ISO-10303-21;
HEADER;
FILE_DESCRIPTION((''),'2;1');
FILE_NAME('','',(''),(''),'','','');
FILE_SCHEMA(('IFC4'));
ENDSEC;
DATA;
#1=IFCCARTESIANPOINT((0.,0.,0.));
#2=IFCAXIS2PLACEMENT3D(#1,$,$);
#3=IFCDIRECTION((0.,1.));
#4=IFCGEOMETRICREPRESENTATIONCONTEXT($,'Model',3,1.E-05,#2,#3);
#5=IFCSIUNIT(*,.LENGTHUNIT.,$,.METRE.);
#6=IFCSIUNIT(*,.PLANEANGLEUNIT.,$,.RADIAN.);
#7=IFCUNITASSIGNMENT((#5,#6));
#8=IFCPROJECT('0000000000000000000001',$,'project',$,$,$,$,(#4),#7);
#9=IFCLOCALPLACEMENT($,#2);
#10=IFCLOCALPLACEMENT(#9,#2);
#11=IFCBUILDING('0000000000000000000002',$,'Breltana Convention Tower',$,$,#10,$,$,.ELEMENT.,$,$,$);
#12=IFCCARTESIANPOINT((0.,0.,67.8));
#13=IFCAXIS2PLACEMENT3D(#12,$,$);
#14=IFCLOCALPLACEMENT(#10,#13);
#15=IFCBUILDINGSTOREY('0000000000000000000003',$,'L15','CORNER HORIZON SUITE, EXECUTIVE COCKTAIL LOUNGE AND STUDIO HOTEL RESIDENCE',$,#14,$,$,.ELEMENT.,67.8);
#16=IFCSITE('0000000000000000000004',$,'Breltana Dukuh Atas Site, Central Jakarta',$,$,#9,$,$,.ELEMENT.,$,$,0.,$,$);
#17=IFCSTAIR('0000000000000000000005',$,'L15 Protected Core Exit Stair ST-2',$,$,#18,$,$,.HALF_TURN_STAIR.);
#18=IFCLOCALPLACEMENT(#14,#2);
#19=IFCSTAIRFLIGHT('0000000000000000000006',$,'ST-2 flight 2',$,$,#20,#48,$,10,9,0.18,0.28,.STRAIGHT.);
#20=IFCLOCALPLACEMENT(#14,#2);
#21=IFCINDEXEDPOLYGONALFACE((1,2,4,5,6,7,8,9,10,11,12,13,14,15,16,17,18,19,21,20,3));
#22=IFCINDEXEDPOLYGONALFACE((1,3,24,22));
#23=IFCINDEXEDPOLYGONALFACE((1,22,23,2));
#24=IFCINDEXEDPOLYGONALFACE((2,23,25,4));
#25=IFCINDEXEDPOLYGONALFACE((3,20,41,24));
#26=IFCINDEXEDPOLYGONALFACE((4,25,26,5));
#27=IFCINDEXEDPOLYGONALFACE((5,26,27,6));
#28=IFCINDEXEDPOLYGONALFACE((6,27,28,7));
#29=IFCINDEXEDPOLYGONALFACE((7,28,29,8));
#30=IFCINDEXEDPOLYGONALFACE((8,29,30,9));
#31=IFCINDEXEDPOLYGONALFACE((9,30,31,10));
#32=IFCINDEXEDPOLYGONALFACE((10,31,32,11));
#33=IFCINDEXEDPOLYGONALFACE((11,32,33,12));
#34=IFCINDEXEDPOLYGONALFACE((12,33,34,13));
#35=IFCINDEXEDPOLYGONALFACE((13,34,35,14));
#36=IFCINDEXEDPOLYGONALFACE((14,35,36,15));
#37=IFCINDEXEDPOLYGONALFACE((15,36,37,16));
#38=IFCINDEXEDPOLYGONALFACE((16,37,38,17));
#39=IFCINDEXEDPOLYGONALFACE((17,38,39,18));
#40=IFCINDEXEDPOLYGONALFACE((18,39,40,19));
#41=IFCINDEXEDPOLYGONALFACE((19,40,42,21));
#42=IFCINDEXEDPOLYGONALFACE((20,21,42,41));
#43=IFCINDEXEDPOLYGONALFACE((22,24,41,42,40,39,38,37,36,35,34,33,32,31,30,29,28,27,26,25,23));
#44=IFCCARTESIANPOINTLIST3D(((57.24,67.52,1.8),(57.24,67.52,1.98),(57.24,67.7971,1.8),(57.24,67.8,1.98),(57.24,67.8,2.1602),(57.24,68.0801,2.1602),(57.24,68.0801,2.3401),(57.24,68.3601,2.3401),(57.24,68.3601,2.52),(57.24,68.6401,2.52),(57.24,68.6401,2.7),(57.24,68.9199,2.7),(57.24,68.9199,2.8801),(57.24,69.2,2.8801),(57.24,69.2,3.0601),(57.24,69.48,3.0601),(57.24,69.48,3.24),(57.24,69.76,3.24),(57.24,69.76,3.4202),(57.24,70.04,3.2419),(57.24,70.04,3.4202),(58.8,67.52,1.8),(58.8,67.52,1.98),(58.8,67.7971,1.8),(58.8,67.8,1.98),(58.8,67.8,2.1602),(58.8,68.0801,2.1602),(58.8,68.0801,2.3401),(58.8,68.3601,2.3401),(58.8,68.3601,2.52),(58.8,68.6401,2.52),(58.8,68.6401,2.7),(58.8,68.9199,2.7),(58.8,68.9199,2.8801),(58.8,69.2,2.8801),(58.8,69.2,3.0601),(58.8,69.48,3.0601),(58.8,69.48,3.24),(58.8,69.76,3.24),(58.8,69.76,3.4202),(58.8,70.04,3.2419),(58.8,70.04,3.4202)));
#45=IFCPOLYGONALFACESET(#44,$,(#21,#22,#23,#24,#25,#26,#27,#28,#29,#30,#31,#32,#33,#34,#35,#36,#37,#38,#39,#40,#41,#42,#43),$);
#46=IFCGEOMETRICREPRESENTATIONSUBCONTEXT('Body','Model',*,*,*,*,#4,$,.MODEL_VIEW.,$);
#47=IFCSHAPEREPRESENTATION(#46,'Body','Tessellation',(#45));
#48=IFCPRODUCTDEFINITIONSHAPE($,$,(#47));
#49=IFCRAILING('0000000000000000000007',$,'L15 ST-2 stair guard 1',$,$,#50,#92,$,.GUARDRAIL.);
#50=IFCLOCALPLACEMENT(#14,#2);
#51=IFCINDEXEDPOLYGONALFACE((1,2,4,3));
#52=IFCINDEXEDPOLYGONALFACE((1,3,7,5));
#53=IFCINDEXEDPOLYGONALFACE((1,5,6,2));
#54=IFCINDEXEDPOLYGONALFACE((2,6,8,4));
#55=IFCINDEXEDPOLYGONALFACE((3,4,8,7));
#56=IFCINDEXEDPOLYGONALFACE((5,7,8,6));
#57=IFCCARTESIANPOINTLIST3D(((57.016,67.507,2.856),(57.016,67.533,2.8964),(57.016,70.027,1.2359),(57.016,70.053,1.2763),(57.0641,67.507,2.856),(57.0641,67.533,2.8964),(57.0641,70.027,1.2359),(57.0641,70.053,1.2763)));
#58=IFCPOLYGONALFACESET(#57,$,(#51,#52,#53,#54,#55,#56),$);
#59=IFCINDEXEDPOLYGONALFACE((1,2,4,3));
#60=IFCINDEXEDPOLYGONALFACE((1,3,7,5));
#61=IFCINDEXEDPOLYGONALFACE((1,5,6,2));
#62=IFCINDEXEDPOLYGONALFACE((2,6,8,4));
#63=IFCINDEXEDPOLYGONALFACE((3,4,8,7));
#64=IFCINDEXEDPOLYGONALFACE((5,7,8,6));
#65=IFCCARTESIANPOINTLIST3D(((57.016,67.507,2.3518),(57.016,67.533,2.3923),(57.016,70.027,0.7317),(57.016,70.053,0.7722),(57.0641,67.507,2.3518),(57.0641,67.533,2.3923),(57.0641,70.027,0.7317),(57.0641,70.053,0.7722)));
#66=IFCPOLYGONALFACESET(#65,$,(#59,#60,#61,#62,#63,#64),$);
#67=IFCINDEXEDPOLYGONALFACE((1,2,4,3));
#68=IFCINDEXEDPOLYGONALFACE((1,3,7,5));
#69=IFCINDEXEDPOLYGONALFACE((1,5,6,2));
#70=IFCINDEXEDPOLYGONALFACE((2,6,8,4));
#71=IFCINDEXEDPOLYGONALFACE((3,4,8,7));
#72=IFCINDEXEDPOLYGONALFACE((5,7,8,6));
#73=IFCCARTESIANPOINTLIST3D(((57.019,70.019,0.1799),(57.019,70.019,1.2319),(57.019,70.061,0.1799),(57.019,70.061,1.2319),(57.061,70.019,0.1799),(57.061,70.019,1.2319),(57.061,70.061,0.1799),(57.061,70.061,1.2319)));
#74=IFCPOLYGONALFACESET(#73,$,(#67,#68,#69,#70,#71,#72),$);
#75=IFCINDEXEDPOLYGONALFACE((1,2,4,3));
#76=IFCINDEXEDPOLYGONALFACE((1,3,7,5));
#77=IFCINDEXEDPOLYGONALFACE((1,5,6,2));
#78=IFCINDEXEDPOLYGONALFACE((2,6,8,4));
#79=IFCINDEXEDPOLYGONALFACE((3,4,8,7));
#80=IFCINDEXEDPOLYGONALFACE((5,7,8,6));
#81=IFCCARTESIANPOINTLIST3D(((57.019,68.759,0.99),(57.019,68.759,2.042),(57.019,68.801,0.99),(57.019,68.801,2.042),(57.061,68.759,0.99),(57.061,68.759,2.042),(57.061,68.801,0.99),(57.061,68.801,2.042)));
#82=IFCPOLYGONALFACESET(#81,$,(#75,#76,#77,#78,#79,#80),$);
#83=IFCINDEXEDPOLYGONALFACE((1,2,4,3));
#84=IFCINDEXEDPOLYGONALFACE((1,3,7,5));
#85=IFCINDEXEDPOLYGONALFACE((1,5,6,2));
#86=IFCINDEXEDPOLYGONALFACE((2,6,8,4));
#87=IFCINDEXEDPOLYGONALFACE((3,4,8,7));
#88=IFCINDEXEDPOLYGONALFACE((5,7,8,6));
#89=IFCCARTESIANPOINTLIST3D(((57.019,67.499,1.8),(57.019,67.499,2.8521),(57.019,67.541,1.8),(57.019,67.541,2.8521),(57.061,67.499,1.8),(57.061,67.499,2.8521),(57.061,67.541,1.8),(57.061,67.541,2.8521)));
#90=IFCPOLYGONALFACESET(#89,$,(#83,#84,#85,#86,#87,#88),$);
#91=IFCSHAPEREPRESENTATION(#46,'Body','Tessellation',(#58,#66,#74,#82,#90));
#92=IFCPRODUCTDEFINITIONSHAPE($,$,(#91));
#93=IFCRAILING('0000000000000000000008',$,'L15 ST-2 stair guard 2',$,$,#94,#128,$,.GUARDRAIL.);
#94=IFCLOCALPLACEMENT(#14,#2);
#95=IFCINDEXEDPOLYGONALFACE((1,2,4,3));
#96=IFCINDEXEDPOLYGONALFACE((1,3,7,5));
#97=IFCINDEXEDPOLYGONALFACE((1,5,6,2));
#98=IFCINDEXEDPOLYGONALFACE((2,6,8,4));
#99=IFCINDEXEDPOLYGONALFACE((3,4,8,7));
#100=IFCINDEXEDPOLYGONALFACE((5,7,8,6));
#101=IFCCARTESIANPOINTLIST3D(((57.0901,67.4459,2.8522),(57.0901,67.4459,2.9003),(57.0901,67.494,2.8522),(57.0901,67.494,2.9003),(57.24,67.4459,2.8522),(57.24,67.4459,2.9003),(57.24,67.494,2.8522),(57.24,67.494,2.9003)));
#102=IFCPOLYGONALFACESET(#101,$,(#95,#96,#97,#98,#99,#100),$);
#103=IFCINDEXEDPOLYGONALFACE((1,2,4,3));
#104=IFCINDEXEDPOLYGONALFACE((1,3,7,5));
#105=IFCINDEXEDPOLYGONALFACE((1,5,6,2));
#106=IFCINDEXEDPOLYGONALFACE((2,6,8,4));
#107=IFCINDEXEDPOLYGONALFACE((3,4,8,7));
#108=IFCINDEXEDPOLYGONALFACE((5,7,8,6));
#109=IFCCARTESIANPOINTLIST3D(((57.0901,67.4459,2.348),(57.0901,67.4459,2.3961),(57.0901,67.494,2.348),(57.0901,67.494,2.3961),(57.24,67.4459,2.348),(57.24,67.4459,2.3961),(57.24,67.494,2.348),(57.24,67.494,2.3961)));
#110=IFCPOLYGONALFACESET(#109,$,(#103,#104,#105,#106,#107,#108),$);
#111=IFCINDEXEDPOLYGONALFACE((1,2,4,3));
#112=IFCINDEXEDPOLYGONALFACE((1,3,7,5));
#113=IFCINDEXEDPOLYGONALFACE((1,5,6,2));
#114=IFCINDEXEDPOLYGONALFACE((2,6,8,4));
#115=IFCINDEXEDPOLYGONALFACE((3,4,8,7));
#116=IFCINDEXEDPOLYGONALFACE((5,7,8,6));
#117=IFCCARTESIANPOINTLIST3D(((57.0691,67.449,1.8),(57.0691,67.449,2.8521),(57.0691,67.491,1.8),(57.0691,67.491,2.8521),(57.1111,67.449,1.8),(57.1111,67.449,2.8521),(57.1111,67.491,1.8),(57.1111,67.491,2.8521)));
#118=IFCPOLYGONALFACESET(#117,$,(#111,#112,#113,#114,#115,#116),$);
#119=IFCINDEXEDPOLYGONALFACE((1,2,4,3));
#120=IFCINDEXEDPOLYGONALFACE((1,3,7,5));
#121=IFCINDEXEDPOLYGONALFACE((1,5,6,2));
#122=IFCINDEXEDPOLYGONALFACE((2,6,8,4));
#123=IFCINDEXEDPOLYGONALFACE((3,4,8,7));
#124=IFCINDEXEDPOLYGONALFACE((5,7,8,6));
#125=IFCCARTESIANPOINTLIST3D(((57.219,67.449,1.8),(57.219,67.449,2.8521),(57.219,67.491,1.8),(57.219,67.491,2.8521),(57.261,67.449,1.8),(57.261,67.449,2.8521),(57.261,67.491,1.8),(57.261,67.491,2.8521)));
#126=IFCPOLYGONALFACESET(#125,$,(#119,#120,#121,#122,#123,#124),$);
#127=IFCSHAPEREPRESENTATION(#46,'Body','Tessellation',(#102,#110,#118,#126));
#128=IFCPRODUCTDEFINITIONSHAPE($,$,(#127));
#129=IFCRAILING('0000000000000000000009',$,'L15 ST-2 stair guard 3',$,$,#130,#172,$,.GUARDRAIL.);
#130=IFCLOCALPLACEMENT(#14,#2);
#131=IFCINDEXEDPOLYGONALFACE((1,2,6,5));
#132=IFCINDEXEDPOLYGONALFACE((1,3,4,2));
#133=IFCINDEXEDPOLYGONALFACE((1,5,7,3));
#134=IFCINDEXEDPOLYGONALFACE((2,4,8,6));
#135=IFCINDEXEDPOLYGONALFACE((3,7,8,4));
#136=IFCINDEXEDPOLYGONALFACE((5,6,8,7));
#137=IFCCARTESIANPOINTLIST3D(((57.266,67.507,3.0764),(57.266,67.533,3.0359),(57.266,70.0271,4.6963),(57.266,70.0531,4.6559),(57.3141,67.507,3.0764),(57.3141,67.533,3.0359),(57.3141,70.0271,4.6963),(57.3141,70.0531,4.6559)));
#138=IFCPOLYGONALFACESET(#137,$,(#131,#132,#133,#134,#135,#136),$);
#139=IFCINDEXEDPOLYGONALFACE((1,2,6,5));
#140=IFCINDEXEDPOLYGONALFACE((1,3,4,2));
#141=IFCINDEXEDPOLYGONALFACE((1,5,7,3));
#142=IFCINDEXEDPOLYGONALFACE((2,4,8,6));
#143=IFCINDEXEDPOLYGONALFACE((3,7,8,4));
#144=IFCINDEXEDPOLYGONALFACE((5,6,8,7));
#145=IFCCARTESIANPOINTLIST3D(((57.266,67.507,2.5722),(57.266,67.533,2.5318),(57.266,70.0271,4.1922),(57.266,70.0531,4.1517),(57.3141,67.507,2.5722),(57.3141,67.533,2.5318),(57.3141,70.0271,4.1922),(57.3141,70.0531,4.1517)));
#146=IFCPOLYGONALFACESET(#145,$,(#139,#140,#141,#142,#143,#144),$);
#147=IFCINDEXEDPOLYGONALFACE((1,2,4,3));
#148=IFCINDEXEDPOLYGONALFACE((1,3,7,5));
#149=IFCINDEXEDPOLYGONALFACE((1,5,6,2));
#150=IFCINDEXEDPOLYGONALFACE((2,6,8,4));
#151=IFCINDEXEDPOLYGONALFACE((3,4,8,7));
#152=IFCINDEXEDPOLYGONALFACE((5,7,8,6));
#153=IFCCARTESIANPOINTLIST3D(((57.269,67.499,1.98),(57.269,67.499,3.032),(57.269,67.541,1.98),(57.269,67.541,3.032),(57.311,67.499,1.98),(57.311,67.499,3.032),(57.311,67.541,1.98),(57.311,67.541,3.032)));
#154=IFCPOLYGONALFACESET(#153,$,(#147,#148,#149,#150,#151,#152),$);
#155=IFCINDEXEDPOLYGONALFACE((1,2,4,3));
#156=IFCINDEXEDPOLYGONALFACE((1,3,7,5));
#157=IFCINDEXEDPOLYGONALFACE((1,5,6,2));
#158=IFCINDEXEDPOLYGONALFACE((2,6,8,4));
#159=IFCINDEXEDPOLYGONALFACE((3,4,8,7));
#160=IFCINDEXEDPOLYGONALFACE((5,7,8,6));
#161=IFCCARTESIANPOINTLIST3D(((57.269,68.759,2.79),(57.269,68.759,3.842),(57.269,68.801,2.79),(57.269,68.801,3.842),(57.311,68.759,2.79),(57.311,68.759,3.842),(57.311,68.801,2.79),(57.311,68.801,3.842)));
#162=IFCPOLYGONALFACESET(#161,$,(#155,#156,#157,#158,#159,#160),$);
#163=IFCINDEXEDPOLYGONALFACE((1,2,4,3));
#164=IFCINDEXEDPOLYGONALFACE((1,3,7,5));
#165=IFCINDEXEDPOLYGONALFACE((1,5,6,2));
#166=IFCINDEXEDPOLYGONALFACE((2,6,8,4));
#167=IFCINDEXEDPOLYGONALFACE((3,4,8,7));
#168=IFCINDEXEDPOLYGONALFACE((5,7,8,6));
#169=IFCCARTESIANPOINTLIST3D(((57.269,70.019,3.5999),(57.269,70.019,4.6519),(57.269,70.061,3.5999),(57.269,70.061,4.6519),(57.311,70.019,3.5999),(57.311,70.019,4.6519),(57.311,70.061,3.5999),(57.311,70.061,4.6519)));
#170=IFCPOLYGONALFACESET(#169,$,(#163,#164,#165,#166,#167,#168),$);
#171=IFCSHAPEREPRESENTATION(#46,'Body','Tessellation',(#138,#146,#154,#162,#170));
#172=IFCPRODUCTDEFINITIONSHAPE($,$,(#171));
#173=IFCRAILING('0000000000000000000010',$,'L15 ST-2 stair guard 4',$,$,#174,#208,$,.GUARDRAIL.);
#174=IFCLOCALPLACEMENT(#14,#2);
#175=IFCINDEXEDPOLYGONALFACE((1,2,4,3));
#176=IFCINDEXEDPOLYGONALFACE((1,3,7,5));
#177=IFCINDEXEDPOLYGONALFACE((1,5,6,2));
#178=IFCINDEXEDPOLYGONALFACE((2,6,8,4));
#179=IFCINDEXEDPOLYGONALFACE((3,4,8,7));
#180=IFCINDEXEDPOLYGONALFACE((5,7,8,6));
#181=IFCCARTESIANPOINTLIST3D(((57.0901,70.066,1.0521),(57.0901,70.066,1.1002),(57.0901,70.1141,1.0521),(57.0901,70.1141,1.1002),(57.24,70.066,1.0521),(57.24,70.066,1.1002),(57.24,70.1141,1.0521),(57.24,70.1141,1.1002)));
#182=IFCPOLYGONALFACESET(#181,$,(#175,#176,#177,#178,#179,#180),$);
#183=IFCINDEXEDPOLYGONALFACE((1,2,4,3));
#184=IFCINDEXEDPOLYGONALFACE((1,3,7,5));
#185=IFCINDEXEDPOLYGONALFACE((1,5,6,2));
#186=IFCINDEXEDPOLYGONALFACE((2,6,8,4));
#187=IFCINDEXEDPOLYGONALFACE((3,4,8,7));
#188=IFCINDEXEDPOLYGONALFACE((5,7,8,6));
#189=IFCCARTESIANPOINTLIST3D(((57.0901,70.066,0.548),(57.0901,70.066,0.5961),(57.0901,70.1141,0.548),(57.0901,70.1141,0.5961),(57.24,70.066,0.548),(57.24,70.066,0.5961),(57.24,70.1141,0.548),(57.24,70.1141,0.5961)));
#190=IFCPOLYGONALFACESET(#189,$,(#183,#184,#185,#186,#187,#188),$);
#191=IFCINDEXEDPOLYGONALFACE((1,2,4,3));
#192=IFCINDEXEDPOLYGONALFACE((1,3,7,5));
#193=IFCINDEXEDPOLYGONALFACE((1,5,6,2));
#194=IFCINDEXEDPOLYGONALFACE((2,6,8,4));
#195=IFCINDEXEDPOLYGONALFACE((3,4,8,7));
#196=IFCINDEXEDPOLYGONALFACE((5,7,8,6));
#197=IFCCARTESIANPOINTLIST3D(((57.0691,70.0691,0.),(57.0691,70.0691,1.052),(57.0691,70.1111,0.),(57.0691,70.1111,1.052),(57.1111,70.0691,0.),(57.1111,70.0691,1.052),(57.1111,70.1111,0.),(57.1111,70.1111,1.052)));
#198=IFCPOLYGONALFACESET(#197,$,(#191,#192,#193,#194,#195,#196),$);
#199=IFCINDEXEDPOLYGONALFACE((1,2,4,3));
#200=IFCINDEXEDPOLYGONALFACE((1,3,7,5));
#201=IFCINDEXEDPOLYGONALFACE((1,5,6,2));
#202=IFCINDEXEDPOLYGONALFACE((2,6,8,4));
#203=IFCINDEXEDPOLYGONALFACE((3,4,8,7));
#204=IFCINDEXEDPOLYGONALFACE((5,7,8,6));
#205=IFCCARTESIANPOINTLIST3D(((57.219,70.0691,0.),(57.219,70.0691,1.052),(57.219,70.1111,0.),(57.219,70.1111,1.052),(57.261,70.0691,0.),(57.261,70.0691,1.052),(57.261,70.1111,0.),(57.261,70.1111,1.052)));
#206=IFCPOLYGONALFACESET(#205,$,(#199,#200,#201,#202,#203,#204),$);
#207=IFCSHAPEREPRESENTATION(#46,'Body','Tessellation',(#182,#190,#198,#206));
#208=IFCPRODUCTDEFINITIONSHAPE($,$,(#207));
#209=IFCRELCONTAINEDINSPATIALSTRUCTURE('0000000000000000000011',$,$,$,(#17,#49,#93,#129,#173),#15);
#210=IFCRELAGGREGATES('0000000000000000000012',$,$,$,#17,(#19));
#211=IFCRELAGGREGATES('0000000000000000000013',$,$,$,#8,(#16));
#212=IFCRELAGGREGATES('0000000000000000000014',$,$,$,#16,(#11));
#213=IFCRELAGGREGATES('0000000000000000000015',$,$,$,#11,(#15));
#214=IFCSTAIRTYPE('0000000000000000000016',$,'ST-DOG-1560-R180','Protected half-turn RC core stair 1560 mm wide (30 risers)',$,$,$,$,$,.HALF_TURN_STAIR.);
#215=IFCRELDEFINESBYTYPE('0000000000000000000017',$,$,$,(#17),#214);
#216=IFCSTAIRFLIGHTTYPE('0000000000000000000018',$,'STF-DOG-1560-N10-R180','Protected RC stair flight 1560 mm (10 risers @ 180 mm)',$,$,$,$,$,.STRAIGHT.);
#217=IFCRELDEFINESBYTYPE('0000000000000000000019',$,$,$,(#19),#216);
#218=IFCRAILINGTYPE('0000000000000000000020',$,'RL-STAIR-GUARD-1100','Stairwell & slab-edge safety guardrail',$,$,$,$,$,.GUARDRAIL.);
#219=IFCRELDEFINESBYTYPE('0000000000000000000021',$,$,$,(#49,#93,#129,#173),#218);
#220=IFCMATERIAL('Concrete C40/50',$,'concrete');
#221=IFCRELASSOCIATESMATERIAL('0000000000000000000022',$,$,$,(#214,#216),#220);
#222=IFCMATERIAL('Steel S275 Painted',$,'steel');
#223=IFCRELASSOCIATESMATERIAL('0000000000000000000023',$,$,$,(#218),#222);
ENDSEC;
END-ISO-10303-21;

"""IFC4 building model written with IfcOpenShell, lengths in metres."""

from ifc_helpers import new_model, si_unit, direction, frame, origin, origin_2d, place, context, subcontext, project, spatial, polyline, rectangle, outline, extrude, material, type_object, element, aggregate, save


model = new_model("IFC4")

# Units and contexts
model_context = context("Model", 3, precision=1e-05, world=origin(), true_north=direction((0.0, 1.0)))
body_context = subcontext(model_context, "Body", "Model", "MODEL_VIEW")
ifc_project = project(units=[si_unit("LENGTHUNIT", "METRE"), si_unit("PLANEANGLEUNIT", "RADIAN")], contexts=[model_context])

# Site, building, storey
site_placement = place(None, origin())
site = spatial("IfcSite", under=ifc_project, at=site_placement, Name="Breltana Dukuh Atas Site, Central Jakarta", CompositionType="ELEMENT", RefElevation=0.0)
building_placement = place(site_placement, origin())
building = spatial("IfcBuilding", under=site, at=building_placement, Name="Breltana Convention Tower", CompositionType="ELEMENT")
storey_placement = place(building_placement, frame((0.0, 0.0, 67.8)))
storey = spatial("IfcBuildingStorey", under=building, at=storey_placement, Name="L15", Description="CORNER HORIZON SUITE, EXECUTIVE COCKTAIL LOUNGE AND STUDIO HOTEL RESIDENCE", CompositionType="ELEMENT", Elevation=67.8)

# Stair, stair flight
ifc_material_1 = material(Name="Concrete C40/50", Category="concrete")
stair_type = type_object("IfcStairType", Name="ST-DOG-1560-R180", Description="Protected half-turn RC core stair 1560 mm wide (30 risers)", PredefinedType="HALF_TURN_STAIR", material=ifc_material_1)
stair_placement = place(storey_placement, origin())
stair = element("IfcStair", 1, at=stair_placement, inside=storey, type_object=stair_type, Name="L15 Protected Core Exit Stair ST-2", PredefinedType="HALF_TURN_STAIR")
stair_flight_type = type_object("IfcStairFlightType", Name="STF-DOG-1560-N10-R180", Description="Protected RC stair flight 1560 mm (10 risers @ 180 mm)", PredefinedType="STRAIGHT", material=ifc_material_1)
stair_flight_1_placement = place(storey_placement, frame((58.02, 67.52, 1.8), z_axis=(0.0, 0.0, 1.0), x_axis=(0.0, 1.0, 0.0)))
stair_flight_1 = element("IfcStairFlight", 2, at=stair_flight_1_placement, type_object=stair_flight_type, Name="ST-2 flight 2", NumberOfRisers=10, NumberOfTreads=9, PredefinedType="STRAIGHT", RiserHeight=0.18, TreadLength=0.28, context=body_context, shape_type="SweptSolid", body=[
    extrude(outline(polyline([(0.0, 0.0), (0.0, 0.1799), (0.28, 0.1799), (0.28, 0.3601), (0.5601, 0.3601), (0.5601, 0.54), (0.8401, 0.54), (0.8401, 0.72), (1.1201, 0.72), (1.1201, 0.8999), (1.3999, 0.8999), (1.3999, 1.0801), (1.6799, 1.0801), (1.6799, 1.26), (1.96, 1.26), (1.96, 1.4399), (2.24, 1.4399), (2.24, 1.6201), (2.52, 1.6201), (2.52, 1.8), (2.52, 1.4419), (0.2771, 0.0), (0.0, 0.0)])), frame((0.0, 0.78, 0.0), z_axis=(0.0, -1.0, 0.0), x_axis=(1.0, 0.0, 0.0)), (0.0, 0.0, 1.0), 1.5601),
])
aggregate(stair, [stair_flight_1])

# Railings
ifc_material_2 = material(Name="Steel S275 Painted", Category="steel")
railing_type_1 = type_object("IfcRailingType", Name="RL-STAIR-GUARD-1100", Description="Stairwell & slab-edge safety guardrail", PredefinedType="GUARDRAIL", material=ifc_material_2)
railing_1_placement = place(storey_placement, frame((57.04, 70.04, 0.1799)))
element("IfcRailing", 3, at=railing_1_placement, inside=storey, type_object=railing_type_1, Name="L15 ST-2 stair guard 1", PredefinedType="GUARDRAIL", context=body_context, shape_type="SweptSolid", body=[
    extrude(rectangle(XDim=0.0481, YDim=0.0481, at=origin_2d()), frame((0.0, 0.0, 1.0762), z_axis=(0.0, -0.841163, 0.540782), x_axis=(1.0, 0.0, 0.0)), (0.0, 0.0, 1.0), 2.9958),
    extrude(rectangle(XDim=0.0481, YDim=0.0481, at=origin_2d()), frame((0.0, 0.0, 0.572), z_axis=(0.0, -0.841163, 0.540782), x_axis=(1.0, 0.0, 0.0)), (0.0, 0.0, 1.0), 2.9958),
    extrude(rectangle(XDim=0.042, YDim=0.042, at=origin_2d()), origin(), (0.0, 0.0, 1.0), 1.052),
    extrude(rectangle(XDim=0.042, YDim=0.042, at=origin_2d()), frame((0.0, -1.26, 0.8101)), (0.0, 0.0, 1.0), 1.052),
    extrude(rectangle(XDim=0.042, YDim=0.042, at=origin_2d()), frame((0.0, -2.52, 1.6201)), (0.0, 0.0, 1.0), 1.052),
])
railing_2_placement = place(storey_placement, frame((57.0901, 67.47, 1.8)))
element("IfcRailing", 4, at=railing_2_placement, inside=storey, type_object=railing_type_1, Name="L15 ST-2 stair guard 2", PredefinedType="GUARDRAIL", context=body_context, shape_type="SweptSolid", body=[
    extrude(rectangle(XDim=0.0481, YDim=0.0481, at=origin_2d()), frame((0.0, 0.0, 1.0762), z_axis=(1.0, 0.0, 0.0), x_axis=(0.0, 1.0, 0.0)), (0.0, 0.0, 1.0), 0.1499),
    extrude(rectangle(XDim=0.0481, YDim=0.0481, at=origin_2d()), frame((0.0, 0.0, 0.572), z_axis=(1.0, 0.0, 0.0), x_axis=(0.0, 1.0, 0.0)), (0.0, 0.0, 1.0), 0.1499),
    extrude(rectangle(XDim=0.042, YDim=0.042, at=origin_2d()), origin(), (0.0, 0.0, 1.0), 1.052),
    extrude(rectangle(XDim=0.042, YDim=0.042, at=origin_2d()), frame((0.1499, 0.0, 0.0)), (0.0, 0.0, 1.0), 1.052),
])
railing_3_placement = place(storey_placement, frame((57.29, 67.52, 1.98)))
element("IfcRailing", 5, at=railing_3_placement, inside=storey, type_object=railing_type_1, Name="L15 ST-2 stair guard 3", PredefinedType="GUARDRAIL", context=body_context, shape_type="SweptSolid", body=[
    extrude(rectangle(XDim=0.0481, YDim=0.0481, at=origin_2d()), frame((0.0, 0.0, 1.0762), z_axis=(0.0, 0.8412, 0.540725), x_axis=(-1.0, 0.0, 0.0)), (0.0, 0.0, 1.0), 2.9958),
    extrude(rectangle(XDim=0.0481, YDim=0.0481, at=origin_2d()), frame((0.0, 0.0, 0.572), z_axis=(0.0, 0.8412, 0.540725), x_axis=(-1.0, 0.0, 0.0)), (0.0, 0.0, 1.0), 2.9958),
    extrude(rectangle(XDim=0.042, YDim=0.042, at=origin_2d()), origin(), (0.0, 0.0, 1.0), 1.052),
    extrude(rectangle(XDim=0.042, YDim=0.042, at=origin_2d()), frame((0.0, 1.26, 0.8101)), (0.0, 0.0, 1.0), 1.052),
    extrude(rectangle(XDim=0.042, YDim=0.042, at=origin_2d()), frame((0.0, 2.52, 1.6199)), (0.0, 0.0, 1.0), 1.052),
])
railing_4_placement = place(storey_placement, frame((57.0901, 70.0901, 0.0)))
element("IfcRailing", 6, at=railing_4_placement, inside=storey, type_object=railing_type_1, Name="L15 ST-2 stair guard 4", PredefinedType="GUARDRAIL", context=body_context, shape_type="SweptSolid", body=[
    extrude(rectangle(XDim=0.0481, YDim=0.0481, at=origin_2d()), frame((0.0, 0.0, 1.0762), z_axis=(1.0, 0.0, 0.0), x_axis=(0.0, 1.0, 0.0)), (0.0, 0.0, 1.0), 0.1499),
    extrude(rectangle(XDim=0.0481, YDim=0.0481, at=origin_2d()), frame((0.0, 0.0, 0.572), z_axis=(1.0, 0.0, 0.0), x_axis=(0.0, 1.0, 0.0)), (0.0, 0.0, 1.0), 0.1499),
    extrude(rectangle(XDim=0.042, YDim=0.042, at=origin_2d()), origin(), (0.0, 0.0, 1.0), 1.052),
    extrude(rectangle(XDim=0.042, YDim=0.042, at=origin_2d()), frame((0.1499, 0.0, 0.0)), (0.0, 0.0, 1.0), 1.052),
])

save(model, "model.ifc")
